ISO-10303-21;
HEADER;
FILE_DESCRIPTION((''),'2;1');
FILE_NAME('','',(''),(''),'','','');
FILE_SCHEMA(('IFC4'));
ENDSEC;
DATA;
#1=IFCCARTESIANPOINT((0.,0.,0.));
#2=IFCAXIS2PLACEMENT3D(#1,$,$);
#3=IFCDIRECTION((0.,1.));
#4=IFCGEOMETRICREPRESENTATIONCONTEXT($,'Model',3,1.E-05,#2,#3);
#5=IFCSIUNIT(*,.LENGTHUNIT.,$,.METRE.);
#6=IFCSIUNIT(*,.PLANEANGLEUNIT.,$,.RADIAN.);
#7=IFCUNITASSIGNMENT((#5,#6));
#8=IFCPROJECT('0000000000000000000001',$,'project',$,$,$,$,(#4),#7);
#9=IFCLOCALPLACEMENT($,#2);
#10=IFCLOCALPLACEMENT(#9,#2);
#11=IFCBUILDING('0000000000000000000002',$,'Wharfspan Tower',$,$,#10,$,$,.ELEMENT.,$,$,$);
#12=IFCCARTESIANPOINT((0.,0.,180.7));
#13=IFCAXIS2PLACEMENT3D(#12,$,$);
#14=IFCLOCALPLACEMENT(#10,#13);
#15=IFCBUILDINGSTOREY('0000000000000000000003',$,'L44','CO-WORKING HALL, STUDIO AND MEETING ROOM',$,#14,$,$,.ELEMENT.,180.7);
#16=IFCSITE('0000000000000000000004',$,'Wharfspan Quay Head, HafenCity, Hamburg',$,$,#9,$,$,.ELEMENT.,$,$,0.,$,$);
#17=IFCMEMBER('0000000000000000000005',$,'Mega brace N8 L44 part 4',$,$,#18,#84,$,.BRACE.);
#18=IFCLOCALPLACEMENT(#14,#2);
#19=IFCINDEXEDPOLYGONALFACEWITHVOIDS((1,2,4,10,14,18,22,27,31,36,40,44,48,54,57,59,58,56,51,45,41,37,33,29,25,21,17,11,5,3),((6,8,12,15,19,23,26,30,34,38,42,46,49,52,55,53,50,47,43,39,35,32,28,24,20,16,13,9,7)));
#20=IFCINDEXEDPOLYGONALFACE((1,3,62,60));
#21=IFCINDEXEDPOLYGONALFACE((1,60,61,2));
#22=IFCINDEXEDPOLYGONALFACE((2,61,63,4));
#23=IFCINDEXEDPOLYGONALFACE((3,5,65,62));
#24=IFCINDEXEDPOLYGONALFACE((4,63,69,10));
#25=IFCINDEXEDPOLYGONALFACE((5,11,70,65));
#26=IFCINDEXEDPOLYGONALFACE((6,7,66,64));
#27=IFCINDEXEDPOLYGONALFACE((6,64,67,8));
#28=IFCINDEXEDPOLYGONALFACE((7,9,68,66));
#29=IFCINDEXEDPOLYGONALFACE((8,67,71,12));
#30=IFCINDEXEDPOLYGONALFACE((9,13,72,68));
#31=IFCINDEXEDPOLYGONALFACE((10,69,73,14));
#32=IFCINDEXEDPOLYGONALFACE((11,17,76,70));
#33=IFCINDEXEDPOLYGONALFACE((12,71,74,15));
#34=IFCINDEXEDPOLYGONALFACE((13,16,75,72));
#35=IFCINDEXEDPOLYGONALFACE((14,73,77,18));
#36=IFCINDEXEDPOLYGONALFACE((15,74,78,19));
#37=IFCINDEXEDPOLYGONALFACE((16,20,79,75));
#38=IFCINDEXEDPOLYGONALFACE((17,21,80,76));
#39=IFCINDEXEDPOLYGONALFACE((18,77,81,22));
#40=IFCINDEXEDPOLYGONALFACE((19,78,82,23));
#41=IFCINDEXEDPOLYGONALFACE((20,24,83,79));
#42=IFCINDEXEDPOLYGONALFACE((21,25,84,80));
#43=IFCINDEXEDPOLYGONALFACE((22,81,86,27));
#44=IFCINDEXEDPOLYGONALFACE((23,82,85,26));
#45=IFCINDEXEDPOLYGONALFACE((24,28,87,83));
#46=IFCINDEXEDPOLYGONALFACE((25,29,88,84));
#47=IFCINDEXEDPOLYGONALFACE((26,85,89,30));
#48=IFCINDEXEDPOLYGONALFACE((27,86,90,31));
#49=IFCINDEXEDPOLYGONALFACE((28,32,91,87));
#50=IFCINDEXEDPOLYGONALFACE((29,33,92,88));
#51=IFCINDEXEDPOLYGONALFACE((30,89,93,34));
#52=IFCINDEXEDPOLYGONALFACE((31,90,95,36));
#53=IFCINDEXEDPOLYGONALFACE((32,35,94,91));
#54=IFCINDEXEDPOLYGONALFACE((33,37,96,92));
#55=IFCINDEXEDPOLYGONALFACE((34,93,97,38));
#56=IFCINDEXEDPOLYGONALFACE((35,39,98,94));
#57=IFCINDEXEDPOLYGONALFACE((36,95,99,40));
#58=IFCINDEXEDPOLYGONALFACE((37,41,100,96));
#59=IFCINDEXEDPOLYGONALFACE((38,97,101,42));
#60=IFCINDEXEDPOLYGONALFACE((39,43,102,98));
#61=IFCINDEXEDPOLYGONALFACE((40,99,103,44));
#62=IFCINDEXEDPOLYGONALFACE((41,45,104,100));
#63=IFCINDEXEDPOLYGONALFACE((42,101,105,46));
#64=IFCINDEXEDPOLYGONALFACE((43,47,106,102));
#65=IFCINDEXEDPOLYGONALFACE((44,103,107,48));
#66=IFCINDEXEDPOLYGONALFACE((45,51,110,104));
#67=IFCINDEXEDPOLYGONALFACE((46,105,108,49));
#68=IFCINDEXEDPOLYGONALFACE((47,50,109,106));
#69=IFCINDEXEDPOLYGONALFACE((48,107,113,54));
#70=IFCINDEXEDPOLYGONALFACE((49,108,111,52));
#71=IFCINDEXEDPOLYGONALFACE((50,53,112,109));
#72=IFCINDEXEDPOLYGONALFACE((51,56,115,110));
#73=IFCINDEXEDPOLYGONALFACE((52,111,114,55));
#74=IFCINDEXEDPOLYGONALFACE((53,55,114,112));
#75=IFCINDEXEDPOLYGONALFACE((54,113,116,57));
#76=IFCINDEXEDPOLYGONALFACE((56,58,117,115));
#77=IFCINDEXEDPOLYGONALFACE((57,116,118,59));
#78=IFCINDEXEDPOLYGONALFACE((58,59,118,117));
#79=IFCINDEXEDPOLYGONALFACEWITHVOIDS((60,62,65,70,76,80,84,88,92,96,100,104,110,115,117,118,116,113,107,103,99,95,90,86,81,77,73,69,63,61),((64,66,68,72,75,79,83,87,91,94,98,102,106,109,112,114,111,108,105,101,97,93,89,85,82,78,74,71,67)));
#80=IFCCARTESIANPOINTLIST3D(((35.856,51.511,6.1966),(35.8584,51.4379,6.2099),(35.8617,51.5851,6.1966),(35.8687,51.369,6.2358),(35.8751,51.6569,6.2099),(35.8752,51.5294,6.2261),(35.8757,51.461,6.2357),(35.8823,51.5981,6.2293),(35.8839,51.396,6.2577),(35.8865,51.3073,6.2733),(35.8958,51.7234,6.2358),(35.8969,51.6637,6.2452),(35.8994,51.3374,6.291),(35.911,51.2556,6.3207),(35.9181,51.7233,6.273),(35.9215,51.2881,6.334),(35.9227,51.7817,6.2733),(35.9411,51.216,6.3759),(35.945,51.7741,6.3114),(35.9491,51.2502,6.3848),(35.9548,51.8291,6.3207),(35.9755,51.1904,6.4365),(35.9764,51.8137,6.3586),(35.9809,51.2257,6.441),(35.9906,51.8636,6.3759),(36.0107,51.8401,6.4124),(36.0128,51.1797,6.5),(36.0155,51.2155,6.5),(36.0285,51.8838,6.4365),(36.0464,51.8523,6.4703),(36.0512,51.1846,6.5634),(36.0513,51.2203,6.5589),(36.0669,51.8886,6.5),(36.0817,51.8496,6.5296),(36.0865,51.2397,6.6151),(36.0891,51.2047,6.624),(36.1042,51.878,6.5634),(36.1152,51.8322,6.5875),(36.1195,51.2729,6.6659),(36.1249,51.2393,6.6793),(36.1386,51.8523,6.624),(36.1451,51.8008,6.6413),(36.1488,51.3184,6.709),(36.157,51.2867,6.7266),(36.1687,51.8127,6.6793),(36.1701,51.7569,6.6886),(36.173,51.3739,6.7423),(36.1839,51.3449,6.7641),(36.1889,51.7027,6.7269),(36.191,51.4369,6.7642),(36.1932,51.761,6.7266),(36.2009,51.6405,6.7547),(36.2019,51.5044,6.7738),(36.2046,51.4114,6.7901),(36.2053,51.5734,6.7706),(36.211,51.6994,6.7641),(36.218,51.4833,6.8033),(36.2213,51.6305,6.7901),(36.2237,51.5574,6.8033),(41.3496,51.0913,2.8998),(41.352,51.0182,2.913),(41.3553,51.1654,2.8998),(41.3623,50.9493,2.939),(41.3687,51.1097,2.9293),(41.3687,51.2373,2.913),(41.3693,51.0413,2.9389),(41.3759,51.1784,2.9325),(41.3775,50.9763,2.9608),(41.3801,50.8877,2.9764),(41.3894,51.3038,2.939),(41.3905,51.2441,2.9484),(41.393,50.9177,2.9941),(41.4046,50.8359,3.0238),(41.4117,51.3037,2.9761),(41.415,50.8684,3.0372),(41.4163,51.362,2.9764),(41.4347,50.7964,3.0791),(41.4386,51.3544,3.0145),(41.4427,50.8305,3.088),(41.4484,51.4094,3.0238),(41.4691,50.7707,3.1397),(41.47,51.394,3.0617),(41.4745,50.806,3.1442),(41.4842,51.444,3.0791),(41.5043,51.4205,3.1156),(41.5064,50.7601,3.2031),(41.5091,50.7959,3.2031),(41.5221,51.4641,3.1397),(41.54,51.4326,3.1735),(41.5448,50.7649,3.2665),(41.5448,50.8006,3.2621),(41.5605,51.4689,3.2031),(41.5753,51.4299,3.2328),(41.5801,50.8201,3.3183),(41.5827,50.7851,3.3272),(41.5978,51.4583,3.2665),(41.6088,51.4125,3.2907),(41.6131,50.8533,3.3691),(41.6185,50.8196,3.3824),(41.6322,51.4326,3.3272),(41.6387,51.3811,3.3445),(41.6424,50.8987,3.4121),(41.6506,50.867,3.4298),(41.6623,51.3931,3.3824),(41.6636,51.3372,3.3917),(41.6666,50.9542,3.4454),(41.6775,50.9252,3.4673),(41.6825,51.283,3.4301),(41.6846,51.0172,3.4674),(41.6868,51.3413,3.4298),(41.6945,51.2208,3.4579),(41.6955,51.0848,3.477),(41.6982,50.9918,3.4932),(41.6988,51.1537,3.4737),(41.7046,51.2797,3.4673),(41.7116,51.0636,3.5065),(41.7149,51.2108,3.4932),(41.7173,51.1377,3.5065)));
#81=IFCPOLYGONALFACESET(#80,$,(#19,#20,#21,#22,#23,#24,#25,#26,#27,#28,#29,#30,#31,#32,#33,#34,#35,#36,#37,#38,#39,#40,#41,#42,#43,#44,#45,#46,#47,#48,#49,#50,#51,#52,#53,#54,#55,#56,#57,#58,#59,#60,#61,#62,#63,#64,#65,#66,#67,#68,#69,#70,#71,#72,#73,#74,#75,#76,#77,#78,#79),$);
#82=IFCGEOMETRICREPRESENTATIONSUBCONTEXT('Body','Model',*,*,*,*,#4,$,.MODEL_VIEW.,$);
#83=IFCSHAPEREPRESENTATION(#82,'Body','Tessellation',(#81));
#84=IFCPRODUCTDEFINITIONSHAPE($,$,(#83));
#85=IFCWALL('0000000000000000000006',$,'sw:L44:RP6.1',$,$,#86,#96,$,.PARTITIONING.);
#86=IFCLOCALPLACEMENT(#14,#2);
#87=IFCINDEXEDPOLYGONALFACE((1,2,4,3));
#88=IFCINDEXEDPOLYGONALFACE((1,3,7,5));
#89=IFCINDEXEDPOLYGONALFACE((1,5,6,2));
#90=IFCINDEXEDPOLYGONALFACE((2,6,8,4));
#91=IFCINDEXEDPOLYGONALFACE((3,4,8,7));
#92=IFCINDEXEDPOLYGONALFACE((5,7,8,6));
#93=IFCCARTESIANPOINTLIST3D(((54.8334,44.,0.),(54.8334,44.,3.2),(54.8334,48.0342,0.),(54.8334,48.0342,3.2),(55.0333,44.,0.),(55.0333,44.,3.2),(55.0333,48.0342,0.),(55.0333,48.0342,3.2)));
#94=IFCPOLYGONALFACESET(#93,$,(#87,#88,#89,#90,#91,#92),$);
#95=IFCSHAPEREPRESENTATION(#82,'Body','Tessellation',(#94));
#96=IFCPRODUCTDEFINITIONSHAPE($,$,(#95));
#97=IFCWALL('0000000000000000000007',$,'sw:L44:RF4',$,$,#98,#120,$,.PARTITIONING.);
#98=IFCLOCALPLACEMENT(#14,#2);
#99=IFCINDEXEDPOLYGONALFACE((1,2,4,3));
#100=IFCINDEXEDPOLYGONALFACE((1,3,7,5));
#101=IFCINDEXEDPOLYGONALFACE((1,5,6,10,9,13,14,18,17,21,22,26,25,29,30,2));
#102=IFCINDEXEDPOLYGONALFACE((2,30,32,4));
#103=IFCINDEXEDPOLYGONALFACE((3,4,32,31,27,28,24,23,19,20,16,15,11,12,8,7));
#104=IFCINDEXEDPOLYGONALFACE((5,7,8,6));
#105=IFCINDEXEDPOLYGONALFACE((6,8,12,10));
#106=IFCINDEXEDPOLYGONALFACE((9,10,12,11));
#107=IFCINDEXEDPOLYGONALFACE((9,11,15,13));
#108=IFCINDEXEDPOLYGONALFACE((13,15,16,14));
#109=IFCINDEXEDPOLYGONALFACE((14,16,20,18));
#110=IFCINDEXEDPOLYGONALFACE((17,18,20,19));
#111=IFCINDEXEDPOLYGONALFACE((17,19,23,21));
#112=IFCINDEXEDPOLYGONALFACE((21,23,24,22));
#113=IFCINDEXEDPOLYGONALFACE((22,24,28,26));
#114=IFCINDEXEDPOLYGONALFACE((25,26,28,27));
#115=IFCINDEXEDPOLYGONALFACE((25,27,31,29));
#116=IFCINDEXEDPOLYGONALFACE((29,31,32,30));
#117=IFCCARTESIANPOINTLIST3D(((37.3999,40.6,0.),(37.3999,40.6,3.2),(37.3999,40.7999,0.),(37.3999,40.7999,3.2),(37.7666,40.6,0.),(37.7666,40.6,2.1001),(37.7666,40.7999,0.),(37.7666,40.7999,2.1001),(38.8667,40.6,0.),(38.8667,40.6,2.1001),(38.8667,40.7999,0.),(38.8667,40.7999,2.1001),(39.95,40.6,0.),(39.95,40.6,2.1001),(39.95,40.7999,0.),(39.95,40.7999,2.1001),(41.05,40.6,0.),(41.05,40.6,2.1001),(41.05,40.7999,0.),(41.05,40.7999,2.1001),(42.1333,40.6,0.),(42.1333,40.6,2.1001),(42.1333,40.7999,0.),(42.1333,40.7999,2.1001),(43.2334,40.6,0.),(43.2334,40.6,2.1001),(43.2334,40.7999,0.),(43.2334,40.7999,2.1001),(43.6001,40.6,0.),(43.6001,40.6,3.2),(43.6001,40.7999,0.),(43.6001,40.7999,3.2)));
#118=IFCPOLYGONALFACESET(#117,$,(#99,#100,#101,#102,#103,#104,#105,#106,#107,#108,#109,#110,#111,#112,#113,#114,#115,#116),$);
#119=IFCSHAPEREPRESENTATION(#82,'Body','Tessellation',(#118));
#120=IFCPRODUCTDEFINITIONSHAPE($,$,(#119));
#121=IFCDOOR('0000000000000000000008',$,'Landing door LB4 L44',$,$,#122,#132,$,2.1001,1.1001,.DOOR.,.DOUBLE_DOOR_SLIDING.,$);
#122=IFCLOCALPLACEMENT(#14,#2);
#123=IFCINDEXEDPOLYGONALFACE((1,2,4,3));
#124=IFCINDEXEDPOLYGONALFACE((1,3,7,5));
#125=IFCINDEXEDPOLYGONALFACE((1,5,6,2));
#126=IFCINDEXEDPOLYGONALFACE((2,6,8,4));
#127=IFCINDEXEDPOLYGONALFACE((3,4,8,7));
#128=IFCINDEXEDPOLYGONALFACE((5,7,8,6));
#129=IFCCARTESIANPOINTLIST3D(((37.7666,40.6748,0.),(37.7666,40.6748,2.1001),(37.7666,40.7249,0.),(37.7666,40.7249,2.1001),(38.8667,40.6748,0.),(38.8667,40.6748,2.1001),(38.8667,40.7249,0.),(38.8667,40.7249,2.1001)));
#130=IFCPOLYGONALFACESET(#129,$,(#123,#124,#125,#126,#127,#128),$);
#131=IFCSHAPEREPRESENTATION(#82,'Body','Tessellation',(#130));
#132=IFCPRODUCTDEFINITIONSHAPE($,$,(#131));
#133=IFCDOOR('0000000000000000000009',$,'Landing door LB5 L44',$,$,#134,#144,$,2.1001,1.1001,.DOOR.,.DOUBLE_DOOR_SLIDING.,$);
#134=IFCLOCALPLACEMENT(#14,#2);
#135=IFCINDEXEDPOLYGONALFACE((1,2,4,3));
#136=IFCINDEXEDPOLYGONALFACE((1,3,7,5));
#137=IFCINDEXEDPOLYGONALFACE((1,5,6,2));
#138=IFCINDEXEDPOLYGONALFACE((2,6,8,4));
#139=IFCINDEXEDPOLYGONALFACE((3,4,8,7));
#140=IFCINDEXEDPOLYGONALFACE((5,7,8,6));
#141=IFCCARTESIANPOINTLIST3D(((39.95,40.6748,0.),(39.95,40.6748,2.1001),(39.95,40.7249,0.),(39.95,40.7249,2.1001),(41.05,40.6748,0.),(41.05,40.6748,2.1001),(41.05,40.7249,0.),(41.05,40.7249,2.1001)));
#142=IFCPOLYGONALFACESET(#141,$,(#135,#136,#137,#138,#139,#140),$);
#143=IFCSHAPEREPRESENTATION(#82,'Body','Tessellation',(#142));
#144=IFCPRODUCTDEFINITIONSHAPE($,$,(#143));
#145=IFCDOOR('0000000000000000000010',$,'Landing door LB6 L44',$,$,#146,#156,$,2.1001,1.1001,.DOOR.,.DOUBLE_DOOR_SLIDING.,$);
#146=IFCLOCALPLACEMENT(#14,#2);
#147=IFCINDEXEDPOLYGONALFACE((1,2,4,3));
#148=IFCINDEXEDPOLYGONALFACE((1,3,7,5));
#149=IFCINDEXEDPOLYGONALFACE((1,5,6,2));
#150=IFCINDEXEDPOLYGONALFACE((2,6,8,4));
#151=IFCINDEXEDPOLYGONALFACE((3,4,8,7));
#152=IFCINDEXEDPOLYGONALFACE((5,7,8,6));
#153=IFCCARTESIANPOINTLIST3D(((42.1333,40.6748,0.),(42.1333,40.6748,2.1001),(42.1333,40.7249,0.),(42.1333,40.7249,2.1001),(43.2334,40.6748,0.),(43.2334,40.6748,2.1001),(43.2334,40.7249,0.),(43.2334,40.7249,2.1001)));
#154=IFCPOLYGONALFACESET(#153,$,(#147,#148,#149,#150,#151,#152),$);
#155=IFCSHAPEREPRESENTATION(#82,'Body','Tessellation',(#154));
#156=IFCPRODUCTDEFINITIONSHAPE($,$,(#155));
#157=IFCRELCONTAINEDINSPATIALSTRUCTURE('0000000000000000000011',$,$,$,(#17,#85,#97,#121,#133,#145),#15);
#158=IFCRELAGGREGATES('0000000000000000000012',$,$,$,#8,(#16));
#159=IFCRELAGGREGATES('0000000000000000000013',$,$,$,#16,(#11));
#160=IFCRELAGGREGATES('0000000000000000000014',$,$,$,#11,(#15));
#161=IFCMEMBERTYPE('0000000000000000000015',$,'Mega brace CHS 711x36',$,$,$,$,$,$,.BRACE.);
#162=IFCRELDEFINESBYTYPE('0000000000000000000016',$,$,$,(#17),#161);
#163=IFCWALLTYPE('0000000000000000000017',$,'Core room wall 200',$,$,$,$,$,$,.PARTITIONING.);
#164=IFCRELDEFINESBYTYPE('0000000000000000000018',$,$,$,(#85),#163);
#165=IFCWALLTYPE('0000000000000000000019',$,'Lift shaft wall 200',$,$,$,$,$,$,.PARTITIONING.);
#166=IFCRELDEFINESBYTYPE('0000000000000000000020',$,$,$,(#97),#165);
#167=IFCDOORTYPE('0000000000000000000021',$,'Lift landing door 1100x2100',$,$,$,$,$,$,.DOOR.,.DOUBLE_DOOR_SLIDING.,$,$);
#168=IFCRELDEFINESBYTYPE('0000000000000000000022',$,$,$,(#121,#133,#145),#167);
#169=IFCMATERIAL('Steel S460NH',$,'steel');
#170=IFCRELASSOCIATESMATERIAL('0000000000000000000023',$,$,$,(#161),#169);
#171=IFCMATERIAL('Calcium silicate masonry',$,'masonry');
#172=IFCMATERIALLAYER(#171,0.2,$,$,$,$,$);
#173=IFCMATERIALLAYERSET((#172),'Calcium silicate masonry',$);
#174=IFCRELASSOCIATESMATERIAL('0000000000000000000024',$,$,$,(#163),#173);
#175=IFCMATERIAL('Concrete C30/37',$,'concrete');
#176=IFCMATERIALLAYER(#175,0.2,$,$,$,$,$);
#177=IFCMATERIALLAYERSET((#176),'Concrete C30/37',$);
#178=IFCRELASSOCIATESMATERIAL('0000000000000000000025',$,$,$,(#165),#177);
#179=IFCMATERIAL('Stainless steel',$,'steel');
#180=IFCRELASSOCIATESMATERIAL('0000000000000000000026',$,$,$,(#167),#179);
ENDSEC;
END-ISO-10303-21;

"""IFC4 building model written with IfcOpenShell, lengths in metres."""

from ifc_helpers import new_model, si_unit, direction, frame, frame_2d, origin, origin_2d, place, context, subcontext, project, spatial, rectangle, hollow_circle, extrude, material, layer, layer_set, material_profile, profile_set, type_object, element, fill, save


model = new_model("IFC4")

# Units and contexts
model_context = context("Model", 3, precision=1e-05, world=origin(), true_north=direction((0.0, 1.0)))
body_context = subcontext(model_context, "Body", "Model", "MODEL_VIEW")
ifc_project = project(units=[si_unit("LENGTHUNIT", "METRE"), si_unit("PLANEANGLEUNIT", "RADIAN")], contexts=[model_context])

# Site, building, storey
site_placement = place(None, origin())
site = spatial("IfcSite", under=ifc_project, at=site_placement, Name="Wharfspan Quay Head, HafenCity, Hamburg", CompositionType="ELEMENT", RefElevation=0.0)
building_placement = place(site_placement, origin())
building = spatial("IfcBuilding", under=site, at=building_placement, Name="Wharfspan Tower", CompositionType="ELEMENT")
storey_placement = place(building_placement, frame((0.0, 0.0, 180.7)))
storey = spatial("IfcBuildingStorey", under=building, at=storey_placement, Name="L44", Description="CO-WORKING HALL, STUDIO AND MEETING ROOM", CompositionType="ELEMENT", Elevation=180.7)

# Member
ifc_material_1 = material(Name="Steel S460NH", Category="steel")
ifc_material_profile_1 = material_profile(ifc_material_1, hollow_circle(Radius=0.3555, WallThickness=0.0359, at=origin_2d()))
ifc_profile_set_1 = profile_set([ifc_material_profile_1], Name="Steel S460NH")
member_type = type_object("IfcMemberType", Name="Mega brace CHS 711x36", PredefinedType="BRACE", material=ifc_profile_set_1)
for number, where, z_axis, x_axis, name in (
    (1, (41.5334, 51.1145, 3.2031), (-0.855612, 0.065363, 0.513474), (-0.07617, -0.997093, 0.000002), "Mega brace N8 L44 part 4"),
):
    element("IfcMember", number, at=place(storey_placement, frame(where, z_axis=z_axis, x_axis=x_axis)), inside=storey, type_object=member_type, Name=name, PredefinedType="BRACE", context=body_context, shape_type="SweptSolid", body=[
        extrude(hollow_circle(Radius=0.3555, WallThickness=0.0359, at=origin_2d()), origin(), (0.0, 0.0, 1.0), 6.4207),
    ])

# Wall
ifc_material_2 = material(Name="Calcium silicate masonry", Category="masonry")
ifc_layer_1 = layer(ifc_material_2, 0.2)
ifc_layer_set_1 = layer_set([ifc_layer_1], Name="Calcium silicate masonry")
wall_type_1 = type_object("IfcWallType", Name="Core room wall 200", PredefinedType="PARTITIONING", material=ifc_layer_set_1)
wall_1_placement = place(storey_placement, frame((54.9333, 44.0, 0.0), z_axis=(0.0, 0.0, 1.0), x_axis=(0.0, 1.0, 0.0)))
element("IfcWall", 2, at=wall_1_placement, inside=storey, type_object=wall_type_1, Name="sw:L44:RP6.1", PredefinedType="PARTITIONING", context=body_context, shape_type="SweptSolid", body=[
    extrude(rectangle(XDim=4.0342, YDim=0.2, at=frame_2d((2.0171, 0.0))), origin(), (0.0, 0.0, 1.0), 3.2),
])

# Wall, openings, doors
ifc_material_3 = material(Name="Concrete C30/37", Category="concrete")
ifc_layer_2 = layer(ifc_material_3, 0.2)
ifc_layer_set_2 = layer_set([ifc_layer_2], Name="Concrete C30/37")
wall_type_2 = type_object("IfcWallType", Name="Lift shaft wall 200", PredefinedType="PARTITIONING", material=ifc_layer_set_2)
wall_2_placement = place(storey_placement, frame((37.3999, 40.7, 0.0), z_axis=(0.0, 0.0, 1.0), x_axis=(1.0, 0.0, 0.0)))
wall_2 = element("IfcWall", 3, at=wall_2_placement, inside=storey, type_object=wall_type_2, Name="sw:L44:RF4", PredefinedType="PARTITIONING", context=body_context, shape_type="SweptSolid", body=[
    extrude(rectangle(XDim=6.2002, YDim=0.2, at=frame_2d((3.1001, 0.0))), origin(), (0.0, 0.0, 1.0), 3.2),
])
opening_1_placement = place(wall_2_placement, frame((0.3667, 0.0, 0.0)))
opening_1 = element("IfcOpeningElement", 4, at=opening_1_placement, cuts=wall_2, PredefinedType="OPENING", context=body_context, shape_type="SweptSolid", body=[
    extrude(rectangle(XDim=1.1001, YDim=2.1001, at=frame_2d((0.55, 1.05))), frame((0.0, 0.1099, 0.0), z_axis=(0.0, -1.0, 0.0), x_axis=(1.0, 0.0, 0.0)), (0.0, 0.0, 1.0), 0.22),
])
opening_2_placement = place(wall_2_placement, frame((2.55, 0.0, 0.0)))
opening_2 = element("IfcOpeningElement", 5, at=opening_2_placement, cuts=wall_2, PredefinedType="OPENING", context=body_context, shape_type="SweptSolid", body=[
    extrude(rectangle(XDim=1.1001, YDim=2.1001, at=frame_2d((0.55, 1.05))), frame((0.0, 0.1099, 0.0), z_axis=(0.0, -1.0, 0.0), x_axis=(1.0, 0.0, 0.0)), (0.0, 0.0, 1.0), 0.22),
])
opening_3_placement = place(wall_2_placement, frame((4.7334, 0.0, 0.0)))
opening_3 = element("IfcOpeningElement", 6, at=opening_3_placement, cuts=wall_2, PredefinedType="OPENING", context=body_context, shape_type="SweptSolid", body=[
    extrude(rectangle(XDim=1.1001, YDim=2.1001, at=frame_2d((0.55, 1.05))), frame((0.0, 0.1099, 0.0), z_axis=(0.0, -1.0, 0.0), x_axis=(1.0, 0.0, 0.0)), (0.0, 0.0, 1.0), 0.22),
])
ifc_material_4 = material(Name="Stainless steel", Category="steel")
door_type_1 = type_object("IfcDoorType", Name="Lift landing door 1100x2100", OperationType="DOUBLE_DOOR_SLIDING", PredefinedType="DOOR", material=ifc_material_4)
door_1_placement = place(opening_1_placement, origin())
door_1 = element("IfcDoor", 7, at=door_1_placement, inside=storey, type_object=door_type_1, Name="Landing door LB4 L44", OperationType="DOUBLE_DOOR_SLIDING", OverallHeight=2.1001, OverallWidth=1.1001, PredefinedType="DOOR", context=body_context, shape_type="SweptSolid", body=[
    extrude(rectangle(XDim=1.1001, YDim=2.1001, at=frame_2d((0.55, 1.05))), frame((0.0, 0.0249, 0.0), z_axis=(0.0, -1.0, 0.0), x_axis=(1.0, 0.0, 0.0)), (0.0, 0.0, 1.0), 0.05),
])
fill(opening_1, door_1)
door_2_placement = place(opening_2_placement, origin())
door_2 = element("IfcDoor", 8, at=door_2_placement, inside=storey, type_object=door_type_1, Name="Landing door LB5 L44", OperationType="DOUBLE_DOOR_SLIDING", OverallHeight=2.1001, OverallWidth=1.1001, PredefinedType="DOOR", context=body_context, shape_type="SweptSolid", body=[
    extrude(rectangle(XDim=1.1001, YDim=2.1001, at=frame_2d((0.55, 1.05))), frame((0.0, 0.0249, 0.0), z_axis=(0.0, -1.0, 0.0), x_axis=(1.0, 0.0, 0.0)), (0.0, 0.0, 1.0), 0.05),
])
fill(opening_2, door_2)
door_3_placement = place(opening_3_placement, origin())
door_3 = element("IfcDoor", 9, at=door_3_placement, inside=storey, type_object=door_type_1, Name="Landing door LB6 L44", OperationType="DOUBLE_DOOR_SLIDING", OverallHeight=2.1001, OverallWidth=1.1001, PredefinedType="DOOR", context=body_context, shape_type="SweptSolid", body=[
    extrude(rectangle(XDim=1.1001, YDim=2.1001, at=frame_2d((0.55, 1.05))), frame((0.0, 0.0249, 0.0), z_axis=(0.0, -1.0, 0.0), x_axis=(1.0, 0.0, 0.0)), (0.0, 0.0, 1.0), 0.05),
])
fill(opening_3, door_3)

save(model, "model.ifc")
